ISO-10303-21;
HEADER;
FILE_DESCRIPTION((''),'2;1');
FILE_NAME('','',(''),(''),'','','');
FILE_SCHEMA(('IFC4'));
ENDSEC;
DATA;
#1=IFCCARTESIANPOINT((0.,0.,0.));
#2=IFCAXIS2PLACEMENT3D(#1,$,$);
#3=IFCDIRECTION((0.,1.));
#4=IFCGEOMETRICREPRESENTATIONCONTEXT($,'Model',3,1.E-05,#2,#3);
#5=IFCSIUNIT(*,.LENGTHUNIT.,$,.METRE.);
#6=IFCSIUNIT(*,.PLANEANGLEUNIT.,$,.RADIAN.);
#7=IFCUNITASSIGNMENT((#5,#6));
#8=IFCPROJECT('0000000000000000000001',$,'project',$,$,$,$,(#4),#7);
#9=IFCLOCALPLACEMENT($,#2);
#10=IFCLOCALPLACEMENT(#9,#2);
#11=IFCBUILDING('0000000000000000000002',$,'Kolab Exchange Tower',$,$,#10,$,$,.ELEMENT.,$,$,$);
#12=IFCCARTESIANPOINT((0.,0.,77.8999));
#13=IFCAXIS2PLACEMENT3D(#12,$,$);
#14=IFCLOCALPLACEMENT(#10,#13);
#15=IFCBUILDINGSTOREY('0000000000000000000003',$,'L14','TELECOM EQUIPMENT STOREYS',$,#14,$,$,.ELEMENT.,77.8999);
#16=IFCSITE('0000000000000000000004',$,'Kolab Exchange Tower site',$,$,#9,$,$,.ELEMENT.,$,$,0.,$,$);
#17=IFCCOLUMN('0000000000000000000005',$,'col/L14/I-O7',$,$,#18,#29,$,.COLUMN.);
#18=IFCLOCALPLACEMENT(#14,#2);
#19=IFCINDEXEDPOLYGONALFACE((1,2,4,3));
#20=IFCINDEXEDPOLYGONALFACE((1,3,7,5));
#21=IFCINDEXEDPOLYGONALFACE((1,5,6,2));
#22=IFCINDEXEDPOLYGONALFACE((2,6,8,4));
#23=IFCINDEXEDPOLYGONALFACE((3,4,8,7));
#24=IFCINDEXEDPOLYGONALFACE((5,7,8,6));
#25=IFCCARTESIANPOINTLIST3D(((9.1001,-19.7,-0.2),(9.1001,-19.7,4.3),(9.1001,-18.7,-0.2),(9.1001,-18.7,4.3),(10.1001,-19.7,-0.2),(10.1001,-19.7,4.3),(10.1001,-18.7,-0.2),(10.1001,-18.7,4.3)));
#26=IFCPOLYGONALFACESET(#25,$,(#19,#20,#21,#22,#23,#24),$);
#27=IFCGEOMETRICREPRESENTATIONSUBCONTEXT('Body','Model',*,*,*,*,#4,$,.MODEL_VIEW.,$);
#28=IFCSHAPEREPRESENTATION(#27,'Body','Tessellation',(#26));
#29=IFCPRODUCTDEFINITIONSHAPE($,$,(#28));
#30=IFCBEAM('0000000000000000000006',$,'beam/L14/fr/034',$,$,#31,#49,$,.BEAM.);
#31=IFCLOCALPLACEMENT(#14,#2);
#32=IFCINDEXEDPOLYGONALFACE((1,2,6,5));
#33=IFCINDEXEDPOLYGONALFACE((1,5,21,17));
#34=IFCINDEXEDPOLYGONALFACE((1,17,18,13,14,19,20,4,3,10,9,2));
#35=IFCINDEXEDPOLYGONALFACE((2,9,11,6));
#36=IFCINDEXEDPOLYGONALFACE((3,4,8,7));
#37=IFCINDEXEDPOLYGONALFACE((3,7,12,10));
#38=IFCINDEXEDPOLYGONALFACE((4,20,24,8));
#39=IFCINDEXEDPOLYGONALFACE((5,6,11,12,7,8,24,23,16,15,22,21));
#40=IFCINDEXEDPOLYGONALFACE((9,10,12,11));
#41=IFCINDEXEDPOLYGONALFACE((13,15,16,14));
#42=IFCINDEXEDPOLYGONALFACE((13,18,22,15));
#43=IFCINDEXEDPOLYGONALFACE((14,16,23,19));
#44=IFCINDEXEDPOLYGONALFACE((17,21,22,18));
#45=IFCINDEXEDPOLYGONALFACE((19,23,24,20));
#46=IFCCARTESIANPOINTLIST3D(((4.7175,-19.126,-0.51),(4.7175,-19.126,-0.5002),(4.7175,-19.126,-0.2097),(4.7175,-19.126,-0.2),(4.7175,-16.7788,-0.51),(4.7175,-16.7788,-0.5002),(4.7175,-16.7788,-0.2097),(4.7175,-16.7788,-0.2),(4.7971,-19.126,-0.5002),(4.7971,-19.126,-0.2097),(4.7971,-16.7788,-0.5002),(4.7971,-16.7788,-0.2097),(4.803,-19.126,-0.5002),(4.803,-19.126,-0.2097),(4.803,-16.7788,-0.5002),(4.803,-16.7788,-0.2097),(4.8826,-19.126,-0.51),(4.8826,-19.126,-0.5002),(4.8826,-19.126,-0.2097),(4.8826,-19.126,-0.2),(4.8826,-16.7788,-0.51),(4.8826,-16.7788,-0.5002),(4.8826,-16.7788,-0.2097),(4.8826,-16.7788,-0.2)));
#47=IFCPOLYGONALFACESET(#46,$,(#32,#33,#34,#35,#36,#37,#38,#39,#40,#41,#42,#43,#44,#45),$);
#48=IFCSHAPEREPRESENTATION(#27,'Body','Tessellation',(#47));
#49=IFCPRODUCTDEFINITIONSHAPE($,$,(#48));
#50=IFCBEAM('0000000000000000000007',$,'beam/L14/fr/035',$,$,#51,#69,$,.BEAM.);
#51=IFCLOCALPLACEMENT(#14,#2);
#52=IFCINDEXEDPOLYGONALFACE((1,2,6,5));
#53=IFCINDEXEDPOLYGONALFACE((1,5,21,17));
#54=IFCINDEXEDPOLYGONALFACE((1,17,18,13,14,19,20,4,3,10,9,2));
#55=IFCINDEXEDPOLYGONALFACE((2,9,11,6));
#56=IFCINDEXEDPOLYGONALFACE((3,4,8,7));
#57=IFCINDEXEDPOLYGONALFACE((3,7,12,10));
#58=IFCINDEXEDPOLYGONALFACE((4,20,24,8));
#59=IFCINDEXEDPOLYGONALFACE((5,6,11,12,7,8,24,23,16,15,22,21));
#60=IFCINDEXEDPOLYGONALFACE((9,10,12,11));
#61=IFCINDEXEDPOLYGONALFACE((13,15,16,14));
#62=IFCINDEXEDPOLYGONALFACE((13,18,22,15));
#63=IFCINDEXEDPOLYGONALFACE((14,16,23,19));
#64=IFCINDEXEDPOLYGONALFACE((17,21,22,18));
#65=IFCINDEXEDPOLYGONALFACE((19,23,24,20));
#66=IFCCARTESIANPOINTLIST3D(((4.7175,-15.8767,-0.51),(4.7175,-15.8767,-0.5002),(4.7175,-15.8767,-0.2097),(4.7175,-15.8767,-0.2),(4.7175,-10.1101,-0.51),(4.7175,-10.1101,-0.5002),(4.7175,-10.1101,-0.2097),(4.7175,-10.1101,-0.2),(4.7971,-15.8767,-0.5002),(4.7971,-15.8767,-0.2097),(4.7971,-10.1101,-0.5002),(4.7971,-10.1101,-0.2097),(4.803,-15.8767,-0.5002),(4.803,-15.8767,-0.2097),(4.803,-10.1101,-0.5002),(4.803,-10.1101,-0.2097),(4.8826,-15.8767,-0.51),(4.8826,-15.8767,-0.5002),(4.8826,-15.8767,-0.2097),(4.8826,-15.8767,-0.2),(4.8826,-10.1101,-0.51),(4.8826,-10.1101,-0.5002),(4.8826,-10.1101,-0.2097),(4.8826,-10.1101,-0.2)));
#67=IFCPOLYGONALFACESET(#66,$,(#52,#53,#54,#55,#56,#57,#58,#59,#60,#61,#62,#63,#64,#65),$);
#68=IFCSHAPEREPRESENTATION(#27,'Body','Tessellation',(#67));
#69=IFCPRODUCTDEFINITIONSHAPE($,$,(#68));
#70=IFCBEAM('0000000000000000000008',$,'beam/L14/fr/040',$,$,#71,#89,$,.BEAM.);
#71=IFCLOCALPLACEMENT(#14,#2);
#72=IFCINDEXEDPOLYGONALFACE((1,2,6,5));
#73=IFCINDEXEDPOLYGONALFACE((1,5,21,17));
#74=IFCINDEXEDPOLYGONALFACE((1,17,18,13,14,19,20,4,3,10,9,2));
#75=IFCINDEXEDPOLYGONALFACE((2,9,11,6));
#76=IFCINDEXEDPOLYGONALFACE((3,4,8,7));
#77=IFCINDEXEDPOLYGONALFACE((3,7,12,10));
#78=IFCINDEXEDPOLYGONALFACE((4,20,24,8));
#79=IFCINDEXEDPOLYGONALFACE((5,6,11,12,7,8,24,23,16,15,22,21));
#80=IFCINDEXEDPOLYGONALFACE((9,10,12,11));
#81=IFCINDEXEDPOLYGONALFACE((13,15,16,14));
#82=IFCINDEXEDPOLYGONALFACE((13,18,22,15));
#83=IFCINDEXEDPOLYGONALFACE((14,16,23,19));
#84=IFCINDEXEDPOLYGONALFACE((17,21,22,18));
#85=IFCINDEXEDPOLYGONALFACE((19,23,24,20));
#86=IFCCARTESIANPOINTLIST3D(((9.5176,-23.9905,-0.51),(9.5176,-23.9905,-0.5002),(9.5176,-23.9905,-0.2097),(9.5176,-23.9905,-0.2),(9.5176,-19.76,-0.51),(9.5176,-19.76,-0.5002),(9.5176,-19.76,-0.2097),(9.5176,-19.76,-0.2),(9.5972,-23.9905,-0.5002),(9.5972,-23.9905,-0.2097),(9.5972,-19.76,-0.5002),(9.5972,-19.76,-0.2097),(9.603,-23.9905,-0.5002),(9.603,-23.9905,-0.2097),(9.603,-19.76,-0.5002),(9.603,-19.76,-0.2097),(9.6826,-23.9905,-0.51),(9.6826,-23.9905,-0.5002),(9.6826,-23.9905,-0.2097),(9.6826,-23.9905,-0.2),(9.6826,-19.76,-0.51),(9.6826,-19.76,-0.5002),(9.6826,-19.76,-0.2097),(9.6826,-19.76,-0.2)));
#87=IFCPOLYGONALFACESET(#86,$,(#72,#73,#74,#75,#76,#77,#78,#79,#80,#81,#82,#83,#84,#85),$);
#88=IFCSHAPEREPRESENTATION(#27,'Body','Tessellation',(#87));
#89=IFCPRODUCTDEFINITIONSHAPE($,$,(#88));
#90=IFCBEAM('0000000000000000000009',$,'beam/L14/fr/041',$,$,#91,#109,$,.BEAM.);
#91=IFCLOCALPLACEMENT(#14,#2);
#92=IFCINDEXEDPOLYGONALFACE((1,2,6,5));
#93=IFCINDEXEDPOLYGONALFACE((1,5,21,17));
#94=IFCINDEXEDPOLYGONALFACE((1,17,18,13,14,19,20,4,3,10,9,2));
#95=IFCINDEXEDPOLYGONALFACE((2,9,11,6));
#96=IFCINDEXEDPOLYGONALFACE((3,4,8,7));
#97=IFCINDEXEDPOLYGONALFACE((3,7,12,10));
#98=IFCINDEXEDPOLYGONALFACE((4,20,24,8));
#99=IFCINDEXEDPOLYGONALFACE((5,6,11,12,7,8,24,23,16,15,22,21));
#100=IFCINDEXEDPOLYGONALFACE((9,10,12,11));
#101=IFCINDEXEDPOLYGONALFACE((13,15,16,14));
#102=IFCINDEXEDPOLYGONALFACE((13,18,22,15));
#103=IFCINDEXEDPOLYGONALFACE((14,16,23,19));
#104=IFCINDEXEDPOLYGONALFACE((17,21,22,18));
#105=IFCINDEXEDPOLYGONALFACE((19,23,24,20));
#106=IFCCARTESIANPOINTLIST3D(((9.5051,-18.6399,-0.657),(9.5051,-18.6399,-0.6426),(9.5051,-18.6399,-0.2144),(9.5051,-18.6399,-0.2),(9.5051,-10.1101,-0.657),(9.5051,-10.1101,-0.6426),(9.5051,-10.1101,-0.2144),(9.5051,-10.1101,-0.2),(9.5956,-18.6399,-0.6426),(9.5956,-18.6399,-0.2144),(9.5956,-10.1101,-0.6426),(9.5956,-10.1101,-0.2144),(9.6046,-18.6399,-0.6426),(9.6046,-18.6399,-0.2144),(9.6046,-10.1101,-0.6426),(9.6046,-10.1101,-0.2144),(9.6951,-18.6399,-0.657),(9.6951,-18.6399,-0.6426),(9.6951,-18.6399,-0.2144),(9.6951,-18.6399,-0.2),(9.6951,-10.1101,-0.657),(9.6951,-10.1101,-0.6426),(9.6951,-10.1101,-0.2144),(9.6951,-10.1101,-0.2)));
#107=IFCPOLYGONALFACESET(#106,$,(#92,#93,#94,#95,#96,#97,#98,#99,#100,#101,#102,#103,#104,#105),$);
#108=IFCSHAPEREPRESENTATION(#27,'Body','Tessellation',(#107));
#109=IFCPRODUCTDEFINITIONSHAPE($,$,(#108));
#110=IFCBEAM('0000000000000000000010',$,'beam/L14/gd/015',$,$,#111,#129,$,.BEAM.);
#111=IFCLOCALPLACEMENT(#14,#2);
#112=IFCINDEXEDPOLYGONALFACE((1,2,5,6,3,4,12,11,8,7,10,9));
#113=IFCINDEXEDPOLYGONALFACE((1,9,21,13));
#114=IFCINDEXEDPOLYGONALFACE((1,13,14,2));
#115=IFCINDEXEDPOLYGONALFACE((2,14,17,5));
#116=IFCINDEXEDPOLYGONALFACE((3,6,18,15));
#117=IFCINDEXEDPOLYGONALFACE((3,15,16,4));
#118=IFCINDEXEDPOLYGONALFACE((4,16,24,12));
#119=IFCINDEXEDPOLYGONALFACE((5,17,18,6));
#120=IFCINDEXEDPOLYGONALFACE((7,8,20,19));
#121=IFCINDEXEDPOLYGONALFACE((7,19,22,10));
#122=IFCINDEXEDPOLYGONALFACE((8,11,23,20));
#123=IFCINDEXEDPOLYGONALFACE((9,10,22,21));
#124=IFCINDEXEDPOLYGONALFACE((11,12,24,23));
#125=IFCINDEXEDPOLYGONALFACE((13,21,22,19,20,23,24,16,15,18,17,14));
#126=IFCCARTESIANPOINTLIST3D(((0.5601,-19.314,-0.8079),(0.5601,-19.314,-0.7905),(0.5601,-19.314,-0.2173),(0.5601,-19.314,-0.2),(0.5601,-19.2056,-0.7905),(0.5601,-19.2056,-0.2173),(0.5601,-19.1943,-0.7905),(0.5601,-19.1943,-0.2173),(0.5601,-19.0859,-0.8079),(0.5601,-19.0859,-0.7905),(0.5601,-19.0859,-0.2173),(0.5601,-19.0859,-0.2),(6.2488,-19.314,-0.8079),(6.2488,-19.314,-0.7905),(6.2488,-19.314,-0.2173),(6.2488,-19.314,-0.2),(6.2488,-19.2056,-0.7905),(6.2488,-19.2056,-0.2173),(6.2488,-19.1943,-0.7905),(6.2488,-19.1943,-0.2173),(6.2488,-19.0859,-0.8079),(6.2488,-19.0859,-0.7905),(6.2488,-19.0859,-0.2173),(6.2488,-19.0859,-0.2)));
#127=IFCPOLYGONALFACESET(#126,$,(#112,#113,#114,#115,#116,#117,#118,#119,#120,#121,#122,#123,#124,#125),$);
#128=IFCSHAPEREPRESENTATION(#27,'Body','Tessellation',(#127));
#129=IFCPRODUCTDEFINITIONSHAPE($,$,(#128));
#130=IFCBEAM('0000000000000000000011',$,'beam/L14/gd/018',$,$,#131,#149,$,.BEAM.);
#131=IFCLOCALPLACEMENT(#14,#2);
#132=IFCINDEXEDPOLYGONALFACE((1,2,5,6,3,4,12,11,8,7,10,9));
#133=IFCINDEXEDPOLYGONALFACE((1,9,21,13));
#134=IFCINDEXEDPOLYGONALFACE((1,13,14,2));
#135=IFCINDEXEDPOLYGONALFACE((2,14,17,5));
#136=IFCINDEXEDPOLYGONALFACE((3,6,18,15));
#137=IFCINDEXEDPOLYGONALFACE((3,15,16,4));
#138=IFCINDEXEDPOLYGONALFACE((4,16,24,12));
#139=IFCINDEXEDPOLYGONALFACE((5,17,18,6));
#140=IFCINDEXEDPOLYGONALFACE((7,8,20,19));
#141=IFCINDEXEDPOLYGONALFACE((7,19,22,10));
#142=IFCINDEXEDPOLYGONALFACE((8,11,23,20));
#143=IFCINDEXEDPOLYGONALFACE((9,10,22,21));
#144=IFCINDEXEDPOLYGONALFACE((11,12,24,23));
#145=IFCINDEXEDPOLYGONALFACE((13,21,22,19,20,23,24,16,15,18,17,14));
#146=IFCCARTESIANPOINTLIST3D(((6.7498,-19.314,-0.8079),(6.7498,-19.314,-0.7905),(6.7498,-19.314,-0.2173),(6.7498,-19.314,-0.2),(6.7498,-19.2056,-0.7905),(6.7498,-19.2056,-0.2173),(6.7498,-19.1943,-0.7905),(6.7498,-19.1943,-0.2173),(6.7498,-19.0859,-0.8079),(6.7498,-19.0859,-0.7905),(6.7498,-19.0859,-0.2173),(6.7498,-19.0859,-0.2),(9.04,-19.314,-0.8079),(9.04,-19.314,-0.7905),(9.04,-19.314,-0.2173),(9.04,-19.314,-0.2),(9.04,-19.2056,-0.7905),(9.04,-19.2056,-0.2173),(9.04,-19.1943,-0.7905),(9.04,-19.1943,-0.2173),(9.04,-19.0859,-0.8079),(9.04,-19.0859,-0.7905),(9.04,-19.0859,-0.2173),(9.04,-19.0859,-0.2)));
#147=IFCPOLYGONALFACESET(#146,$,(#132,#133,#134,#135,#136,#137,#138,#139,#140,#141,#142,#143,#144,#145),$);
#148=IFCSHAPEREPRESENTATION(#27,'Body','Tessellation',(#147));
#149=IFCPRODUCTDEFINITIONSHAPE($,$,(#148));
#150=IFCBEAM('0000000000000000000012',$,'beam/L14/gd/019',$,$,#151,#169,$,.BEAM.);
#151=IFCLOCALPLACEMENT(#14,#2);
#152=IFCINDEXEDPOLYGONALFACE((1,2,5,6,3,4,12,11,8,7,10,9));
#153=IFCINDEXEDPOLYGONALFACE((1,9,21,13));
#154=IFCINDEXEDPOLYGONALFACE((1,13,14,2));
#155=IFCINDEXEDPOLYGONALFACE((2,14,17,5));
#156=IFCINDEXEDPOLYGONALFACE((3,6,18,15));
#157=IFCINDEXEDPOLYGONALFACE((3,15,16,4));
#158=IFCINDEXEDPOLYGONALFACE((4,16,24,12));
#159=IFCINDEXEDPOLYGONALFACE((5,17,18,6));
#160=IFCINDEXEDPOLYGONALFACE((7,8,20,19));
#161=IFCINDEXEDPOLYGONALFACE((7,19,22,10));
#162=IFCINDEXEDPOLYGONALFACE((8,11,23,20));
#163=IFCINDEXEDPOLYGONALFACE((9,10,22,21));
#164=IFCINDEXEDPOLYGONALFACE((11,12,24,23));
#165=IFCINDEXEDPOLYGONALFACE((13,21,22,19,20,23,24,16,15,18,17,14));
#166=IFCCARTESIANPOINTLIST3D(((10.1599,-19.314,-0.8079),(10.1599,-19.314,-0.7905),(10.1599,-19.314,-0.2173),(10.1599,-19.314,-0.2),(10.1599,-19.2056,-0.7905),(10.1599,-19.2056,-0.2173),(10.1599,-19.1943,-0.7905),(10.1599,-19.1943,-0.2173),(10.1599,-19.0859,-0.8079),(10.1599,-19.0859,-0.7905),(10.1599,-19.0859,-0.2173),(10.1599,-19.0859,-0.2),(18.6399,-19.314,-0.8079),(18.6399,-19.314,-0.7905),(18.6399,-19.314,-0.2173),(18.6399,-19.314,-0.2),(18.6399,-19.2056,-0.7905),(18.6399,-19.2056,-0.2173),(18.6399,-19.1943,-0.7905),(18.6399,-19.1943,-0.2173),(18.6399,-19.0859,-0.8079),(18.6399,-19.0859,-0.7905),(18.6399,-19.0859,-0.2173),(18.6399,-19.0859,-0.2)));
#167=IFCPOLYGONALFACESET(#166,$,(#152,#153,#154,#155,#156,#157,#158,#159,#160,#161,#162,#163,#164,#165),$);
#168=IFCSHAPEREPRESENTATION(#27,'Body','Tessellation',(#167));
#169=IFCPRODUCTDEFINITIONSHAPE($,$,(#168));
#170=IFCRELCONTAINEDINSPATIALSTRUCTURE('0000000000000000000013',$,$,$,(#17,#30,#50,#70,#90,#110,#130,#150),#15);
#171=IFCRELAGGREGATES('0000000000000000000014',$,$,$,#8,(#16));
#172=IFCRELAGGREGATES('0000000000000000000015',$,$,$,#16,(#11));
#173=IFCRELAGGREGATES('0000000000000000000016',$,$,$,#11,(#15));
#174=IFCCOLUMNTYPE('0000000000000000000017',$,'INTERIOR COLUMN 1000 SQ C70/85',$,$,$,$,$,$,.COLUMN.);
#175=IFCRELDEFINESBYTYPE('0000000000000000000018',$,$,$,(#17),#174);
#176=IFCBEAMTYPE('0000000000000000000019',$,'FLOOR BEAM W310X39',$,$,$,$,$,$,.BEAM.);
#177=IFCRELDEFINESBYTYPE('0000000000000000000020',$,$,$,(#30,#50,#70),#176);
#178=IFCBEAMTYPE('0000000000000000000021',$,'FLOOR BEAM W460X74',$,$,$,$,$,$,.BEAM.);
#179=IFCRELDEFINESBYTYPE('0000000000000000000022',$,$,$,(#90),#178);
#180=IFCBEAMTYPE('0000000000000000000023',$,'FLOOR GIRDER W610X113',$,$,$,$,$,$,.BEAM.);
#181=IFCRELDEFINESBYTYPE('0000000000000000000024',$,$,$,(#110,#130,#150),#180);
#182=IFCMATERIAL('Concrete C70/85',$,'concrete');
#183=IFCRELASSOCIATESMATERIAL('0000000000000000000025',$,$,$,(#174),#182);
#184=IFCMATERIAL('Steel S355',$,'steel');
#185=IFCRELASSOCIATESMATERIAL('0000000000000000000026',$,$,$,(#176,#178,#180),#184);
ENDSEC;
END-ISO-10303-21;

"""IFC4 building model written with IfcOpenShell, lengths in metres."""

from ifc_helpers import new_model, si_unit, direction, frame, origin, origin_2d, place, context, subcontext, project, spatial, rectangle, i_section, extrude, material, material_profile, profile_set, type_object, element, save


model = new_model("IFC4")

# Units and contexts
model_context = context("Model", 3, precision=1e-05, world=origin(), true_north=direction((0.0, 1.0)))
body_context = subcontext(model_context, "Body", "Model", "MODEL_VIEW")
ifc_project = project(units=[si_unit("LENGTHUNIT", "METRE"), si_unit("PLANEANGLEUNIT", "RADIAN")], contexts=[model_context])

# Site, building, storey
site_placement = place(None, origin())
site = spatial("IfcSite", under=ifc_project, at=site_placement, Name="Kolab Exchange Tower site", CompositionType="ELEMENT", RefElevation=0.0)
building_placement = place(site_placement, origin())
building = spatial("IfcBuilding", under=site, at=building_placement, Name="Kolab Exchange Tower", CompositionType="ELEMENT")
storey_placement = place(building_placement, frame((0.0, 0.0, 77.8999)))
storey = spatial("IfcBuildingStorey", under=building, at=storey_placement, Name="L14", Description="TELECOM EQUIPMENT STOREYS", CompositionType="ELEMENT", Elevation=77.8999)

# Column
ifc_material_1 = material(Name="Concrete C70/85", Category="concrete")
ifc_material_profile_1 = material_profile(ifc_material_1, rectangle(XDim=1.0, YDim=1.0, at=origin_2d()), Name="RC1000")
ifc_profile_set_1 = profile_set([ifc_material_profile_1], Name="Concrete C70/85")
column_type = type_object("IfcColumnType", Name="INTERIOR COLUMN 1000 SQ C70/85", PredefinedType="COLUMN", material=ifc_profile_set_1)
column_placement = place(storey_placement, frame((9.6001, -19.2, -0.2), z_axis=(0.0, 0.0, 1.0), x_axis=(1.0, 0.0, 0.0)))
element("IfcColumn", 1, at=column_placement, inside=storey, type_object=column_type, Name="col/L14/I-O7", PredefinedType="COLUMN", context=body_context, shape_type="SweptSolid", body=[
    extrude(rectangle(XDim=1.0, YDim=1.0, at=origin_2d()), origin(), (0.0, 0.0, 1.0), 4.5),
])

# Beams
ifc_material_2 = material(Name="Steel S355", Category="steel")
ifc_material_profile_2 = material_profile(ifc_material_2, i_section(OverallWidth=0.165, OverallDepth=0.3101, WebThickness=0.0059, FlangeThickness=0.0098, at=origin_2d()), Name="W310X39")
ifc_profile_set_2 = profile_set([ifc_material_profile_2], Name="Steel S355")
beam_type_1 = type_object("IfcBeamType", Name="FLOOR BEAM W310X39", PredefinedType="BEAM", material=ifc_profile_set_2)
beam_1_placement = place(storey_placement, frame((4.8, -19.126, -0.355), z_axis=(0.0, 1.0, 0.0), x_axis=(-1.0, 0.0, 0.0)))
element("IfcBeam", 2, at=beam_1_placement, inside=storey, type_object=beam_type_1, Name="beam/L14/fr/034", PredefinedType="BEAM", context=body_context, shape_type="SweptSolid", body=[
    extrude(i_section(OverallWidth=0.165, OverallDepth=0.3101, WebThickness=0.0059, FlangeThickness=0.0098, at=origin_2d()), origin(), (0.0, 0.0, 1.0), 2.3472),
])
beam_2_placement = place(storey_placement, frame((4.8, -15.8767, -0.355), z_axis=(0.0, 1.0, 0.0), x_axis=(-1.0, 0.0, 0.0)))
element("IfcBeam", 3, at=beam_2_placement, inside=storey, type_object=beam_type_1, Name="beam/L14/fr/035", PredefinedType="BEAM", context=body_context, shape_type="SweptSolid", body=[
    extrude(i_section(OverallWidth=0.165, OverallDepth=0.3101, WebThickness=0.0059, FlangeThickness=0.0098, at=origin_2d()), origin(), (0.0, 0.0, 1.0), 5.7666),
])
beam_3_placement = place(storey_placement, frame((9.6001, -23.9905, -0.355), z_axis=(0.0, 1.0, 0.0), x_axis=(-1.0, 0.0, 0.0)))
element("IfcBeam", 4, at=beam_3_placement, inside=storey, type_object=beam_type_1, Name="beam/L14/fr/040", PredefinedType="BEAM", context=body_context, shape_type="SweptSolid", body=[
    extrude(i_section(OverallWidth=0.165, OverallDepth=0.3101, WebThickness=0.0059, FlangeThickness=0.0098, at=origin_2d()), origin(), (0.0, 0.0, 1.0), 4.2305),
])
ifc_material_profile_3 = material_profile(ifc_material_2, i_section(OverallWidth=0.1899, OverallDepth=0.457, WebThickness=0.009, FlangeThickness=0.0144, at=origin_2d()), Name="W460X74")
ifc_profile_set_3 = profile_set([ifc_material_profile_3], Name="Steel S355")
beam_type_2 = type_object("IfcBeamType", Name="FLOOR BEAM W460X74", PredefinedType="BEAM", material=ifc_profile_set_3)
beam_4_placement = place(storey_placement, frame((9.6001, -18.6399, -0.4285), z_axis=(0.0, 1.0, 0.0), x_axis=(-1.0, 0.0, 0.0)))
element("IfcBeam", 5, at=beam_4_placement, inside=storey, type_object=beam_type_2, Name="beam/L14/fr/041", PredefinedType="BEAM", context=body_context, shape_type="SweptSolid", body=[
    extrude(i_section(OverallWidth=0.1899, OverallDepth=0.457, WebThickness=0.009, FlangeThickness=0.0144, at=origin_2d()), origin(), (0.0, 0.0, 1.0), 8.5298),
])
ifc_material_profile_4 = material_profile(ifc_material_2, i_section(OverallWidth=0.228, OverallDepth=0.6079, WebThickness=0.0112, FlangeThickness=0.0173, at=origin_2d()), Name="W610X113")
ifc_profile_set_4 = profile_set([ifc_material_profile_4], Name="Steel S355")
beam_type_3 = type_object("IfcBeamType", Name="FLOOR GIRDER W610X113", PredefinedType="BEAM", material=ifc_profile_set_4)
beam_5_placement = place(storey_placement, frame((0.5601, -19.2, -0.5039), z_axis=(1.0, 0.0, 0.0), x_axis=(0.0, 1.0, 0.0)))
element("IfcBeam", 6, at=beam_5_placement, inside=storey, type_object=beam_type_3, Name="beam/L14/gd/015", PredefinedType="BEAM", context=body_context, shape_type="SweptSolid", body=[
    extrude(i_section(OverallWidth=0.228, OverallDepth=0.6079, WebThickness=0.0112, FlangeThickness=0.0173, at=origin_2d()), origin(), (0.0, 0.0, 1.0), 5.6887),
])
beam_6_placement = place(storey_placement, frame((6.7498, -19.2, -0.5039), z_axis=(1.0, 0.0, 0.0), x_axis=(0.0, 1.0, 0.0)))
element("IfcBeam", 7, at=beam_6_placement, inside=storey, type_object=beam_type_3, Name="beam/L14/gd/018", PredefinedType="BEAM", context=body_context, shape_type="SweptSolid", body=[
    extrude(i_section(OverallWidth=0.228, OverallDepth=0.6079, WebThickness=0.0112, FlangeThickness=0.0173, at=origin_2d()), origin(), (0.0, 0.0, 1.0), 2.2903),
])
beam_7_placement = place(storey_placement, frame((10.1599, -19.2, -0.5039), z_axis=(1.0, 0.0, 0.0), x_axis=(0.0, 1.0, 0.0)))
element("IfcBeam", 8, at=beam_7_placement, inside=storey, type_object=beam_type_3, Name="beam/L14/gd/019", PredefinedType="BEAM", context=body_context, shape_type="SweptSolid", body=[
    extrude(i_section(OverallWidth=0.228, OverallDepth=0.6079, WebThickness=0.0112, FlangeThickness=0.0173, at=origin_2d()), origin(), (0.0, 0.0, 1.0), 8.48),
])

save(model, "model.ifc")
